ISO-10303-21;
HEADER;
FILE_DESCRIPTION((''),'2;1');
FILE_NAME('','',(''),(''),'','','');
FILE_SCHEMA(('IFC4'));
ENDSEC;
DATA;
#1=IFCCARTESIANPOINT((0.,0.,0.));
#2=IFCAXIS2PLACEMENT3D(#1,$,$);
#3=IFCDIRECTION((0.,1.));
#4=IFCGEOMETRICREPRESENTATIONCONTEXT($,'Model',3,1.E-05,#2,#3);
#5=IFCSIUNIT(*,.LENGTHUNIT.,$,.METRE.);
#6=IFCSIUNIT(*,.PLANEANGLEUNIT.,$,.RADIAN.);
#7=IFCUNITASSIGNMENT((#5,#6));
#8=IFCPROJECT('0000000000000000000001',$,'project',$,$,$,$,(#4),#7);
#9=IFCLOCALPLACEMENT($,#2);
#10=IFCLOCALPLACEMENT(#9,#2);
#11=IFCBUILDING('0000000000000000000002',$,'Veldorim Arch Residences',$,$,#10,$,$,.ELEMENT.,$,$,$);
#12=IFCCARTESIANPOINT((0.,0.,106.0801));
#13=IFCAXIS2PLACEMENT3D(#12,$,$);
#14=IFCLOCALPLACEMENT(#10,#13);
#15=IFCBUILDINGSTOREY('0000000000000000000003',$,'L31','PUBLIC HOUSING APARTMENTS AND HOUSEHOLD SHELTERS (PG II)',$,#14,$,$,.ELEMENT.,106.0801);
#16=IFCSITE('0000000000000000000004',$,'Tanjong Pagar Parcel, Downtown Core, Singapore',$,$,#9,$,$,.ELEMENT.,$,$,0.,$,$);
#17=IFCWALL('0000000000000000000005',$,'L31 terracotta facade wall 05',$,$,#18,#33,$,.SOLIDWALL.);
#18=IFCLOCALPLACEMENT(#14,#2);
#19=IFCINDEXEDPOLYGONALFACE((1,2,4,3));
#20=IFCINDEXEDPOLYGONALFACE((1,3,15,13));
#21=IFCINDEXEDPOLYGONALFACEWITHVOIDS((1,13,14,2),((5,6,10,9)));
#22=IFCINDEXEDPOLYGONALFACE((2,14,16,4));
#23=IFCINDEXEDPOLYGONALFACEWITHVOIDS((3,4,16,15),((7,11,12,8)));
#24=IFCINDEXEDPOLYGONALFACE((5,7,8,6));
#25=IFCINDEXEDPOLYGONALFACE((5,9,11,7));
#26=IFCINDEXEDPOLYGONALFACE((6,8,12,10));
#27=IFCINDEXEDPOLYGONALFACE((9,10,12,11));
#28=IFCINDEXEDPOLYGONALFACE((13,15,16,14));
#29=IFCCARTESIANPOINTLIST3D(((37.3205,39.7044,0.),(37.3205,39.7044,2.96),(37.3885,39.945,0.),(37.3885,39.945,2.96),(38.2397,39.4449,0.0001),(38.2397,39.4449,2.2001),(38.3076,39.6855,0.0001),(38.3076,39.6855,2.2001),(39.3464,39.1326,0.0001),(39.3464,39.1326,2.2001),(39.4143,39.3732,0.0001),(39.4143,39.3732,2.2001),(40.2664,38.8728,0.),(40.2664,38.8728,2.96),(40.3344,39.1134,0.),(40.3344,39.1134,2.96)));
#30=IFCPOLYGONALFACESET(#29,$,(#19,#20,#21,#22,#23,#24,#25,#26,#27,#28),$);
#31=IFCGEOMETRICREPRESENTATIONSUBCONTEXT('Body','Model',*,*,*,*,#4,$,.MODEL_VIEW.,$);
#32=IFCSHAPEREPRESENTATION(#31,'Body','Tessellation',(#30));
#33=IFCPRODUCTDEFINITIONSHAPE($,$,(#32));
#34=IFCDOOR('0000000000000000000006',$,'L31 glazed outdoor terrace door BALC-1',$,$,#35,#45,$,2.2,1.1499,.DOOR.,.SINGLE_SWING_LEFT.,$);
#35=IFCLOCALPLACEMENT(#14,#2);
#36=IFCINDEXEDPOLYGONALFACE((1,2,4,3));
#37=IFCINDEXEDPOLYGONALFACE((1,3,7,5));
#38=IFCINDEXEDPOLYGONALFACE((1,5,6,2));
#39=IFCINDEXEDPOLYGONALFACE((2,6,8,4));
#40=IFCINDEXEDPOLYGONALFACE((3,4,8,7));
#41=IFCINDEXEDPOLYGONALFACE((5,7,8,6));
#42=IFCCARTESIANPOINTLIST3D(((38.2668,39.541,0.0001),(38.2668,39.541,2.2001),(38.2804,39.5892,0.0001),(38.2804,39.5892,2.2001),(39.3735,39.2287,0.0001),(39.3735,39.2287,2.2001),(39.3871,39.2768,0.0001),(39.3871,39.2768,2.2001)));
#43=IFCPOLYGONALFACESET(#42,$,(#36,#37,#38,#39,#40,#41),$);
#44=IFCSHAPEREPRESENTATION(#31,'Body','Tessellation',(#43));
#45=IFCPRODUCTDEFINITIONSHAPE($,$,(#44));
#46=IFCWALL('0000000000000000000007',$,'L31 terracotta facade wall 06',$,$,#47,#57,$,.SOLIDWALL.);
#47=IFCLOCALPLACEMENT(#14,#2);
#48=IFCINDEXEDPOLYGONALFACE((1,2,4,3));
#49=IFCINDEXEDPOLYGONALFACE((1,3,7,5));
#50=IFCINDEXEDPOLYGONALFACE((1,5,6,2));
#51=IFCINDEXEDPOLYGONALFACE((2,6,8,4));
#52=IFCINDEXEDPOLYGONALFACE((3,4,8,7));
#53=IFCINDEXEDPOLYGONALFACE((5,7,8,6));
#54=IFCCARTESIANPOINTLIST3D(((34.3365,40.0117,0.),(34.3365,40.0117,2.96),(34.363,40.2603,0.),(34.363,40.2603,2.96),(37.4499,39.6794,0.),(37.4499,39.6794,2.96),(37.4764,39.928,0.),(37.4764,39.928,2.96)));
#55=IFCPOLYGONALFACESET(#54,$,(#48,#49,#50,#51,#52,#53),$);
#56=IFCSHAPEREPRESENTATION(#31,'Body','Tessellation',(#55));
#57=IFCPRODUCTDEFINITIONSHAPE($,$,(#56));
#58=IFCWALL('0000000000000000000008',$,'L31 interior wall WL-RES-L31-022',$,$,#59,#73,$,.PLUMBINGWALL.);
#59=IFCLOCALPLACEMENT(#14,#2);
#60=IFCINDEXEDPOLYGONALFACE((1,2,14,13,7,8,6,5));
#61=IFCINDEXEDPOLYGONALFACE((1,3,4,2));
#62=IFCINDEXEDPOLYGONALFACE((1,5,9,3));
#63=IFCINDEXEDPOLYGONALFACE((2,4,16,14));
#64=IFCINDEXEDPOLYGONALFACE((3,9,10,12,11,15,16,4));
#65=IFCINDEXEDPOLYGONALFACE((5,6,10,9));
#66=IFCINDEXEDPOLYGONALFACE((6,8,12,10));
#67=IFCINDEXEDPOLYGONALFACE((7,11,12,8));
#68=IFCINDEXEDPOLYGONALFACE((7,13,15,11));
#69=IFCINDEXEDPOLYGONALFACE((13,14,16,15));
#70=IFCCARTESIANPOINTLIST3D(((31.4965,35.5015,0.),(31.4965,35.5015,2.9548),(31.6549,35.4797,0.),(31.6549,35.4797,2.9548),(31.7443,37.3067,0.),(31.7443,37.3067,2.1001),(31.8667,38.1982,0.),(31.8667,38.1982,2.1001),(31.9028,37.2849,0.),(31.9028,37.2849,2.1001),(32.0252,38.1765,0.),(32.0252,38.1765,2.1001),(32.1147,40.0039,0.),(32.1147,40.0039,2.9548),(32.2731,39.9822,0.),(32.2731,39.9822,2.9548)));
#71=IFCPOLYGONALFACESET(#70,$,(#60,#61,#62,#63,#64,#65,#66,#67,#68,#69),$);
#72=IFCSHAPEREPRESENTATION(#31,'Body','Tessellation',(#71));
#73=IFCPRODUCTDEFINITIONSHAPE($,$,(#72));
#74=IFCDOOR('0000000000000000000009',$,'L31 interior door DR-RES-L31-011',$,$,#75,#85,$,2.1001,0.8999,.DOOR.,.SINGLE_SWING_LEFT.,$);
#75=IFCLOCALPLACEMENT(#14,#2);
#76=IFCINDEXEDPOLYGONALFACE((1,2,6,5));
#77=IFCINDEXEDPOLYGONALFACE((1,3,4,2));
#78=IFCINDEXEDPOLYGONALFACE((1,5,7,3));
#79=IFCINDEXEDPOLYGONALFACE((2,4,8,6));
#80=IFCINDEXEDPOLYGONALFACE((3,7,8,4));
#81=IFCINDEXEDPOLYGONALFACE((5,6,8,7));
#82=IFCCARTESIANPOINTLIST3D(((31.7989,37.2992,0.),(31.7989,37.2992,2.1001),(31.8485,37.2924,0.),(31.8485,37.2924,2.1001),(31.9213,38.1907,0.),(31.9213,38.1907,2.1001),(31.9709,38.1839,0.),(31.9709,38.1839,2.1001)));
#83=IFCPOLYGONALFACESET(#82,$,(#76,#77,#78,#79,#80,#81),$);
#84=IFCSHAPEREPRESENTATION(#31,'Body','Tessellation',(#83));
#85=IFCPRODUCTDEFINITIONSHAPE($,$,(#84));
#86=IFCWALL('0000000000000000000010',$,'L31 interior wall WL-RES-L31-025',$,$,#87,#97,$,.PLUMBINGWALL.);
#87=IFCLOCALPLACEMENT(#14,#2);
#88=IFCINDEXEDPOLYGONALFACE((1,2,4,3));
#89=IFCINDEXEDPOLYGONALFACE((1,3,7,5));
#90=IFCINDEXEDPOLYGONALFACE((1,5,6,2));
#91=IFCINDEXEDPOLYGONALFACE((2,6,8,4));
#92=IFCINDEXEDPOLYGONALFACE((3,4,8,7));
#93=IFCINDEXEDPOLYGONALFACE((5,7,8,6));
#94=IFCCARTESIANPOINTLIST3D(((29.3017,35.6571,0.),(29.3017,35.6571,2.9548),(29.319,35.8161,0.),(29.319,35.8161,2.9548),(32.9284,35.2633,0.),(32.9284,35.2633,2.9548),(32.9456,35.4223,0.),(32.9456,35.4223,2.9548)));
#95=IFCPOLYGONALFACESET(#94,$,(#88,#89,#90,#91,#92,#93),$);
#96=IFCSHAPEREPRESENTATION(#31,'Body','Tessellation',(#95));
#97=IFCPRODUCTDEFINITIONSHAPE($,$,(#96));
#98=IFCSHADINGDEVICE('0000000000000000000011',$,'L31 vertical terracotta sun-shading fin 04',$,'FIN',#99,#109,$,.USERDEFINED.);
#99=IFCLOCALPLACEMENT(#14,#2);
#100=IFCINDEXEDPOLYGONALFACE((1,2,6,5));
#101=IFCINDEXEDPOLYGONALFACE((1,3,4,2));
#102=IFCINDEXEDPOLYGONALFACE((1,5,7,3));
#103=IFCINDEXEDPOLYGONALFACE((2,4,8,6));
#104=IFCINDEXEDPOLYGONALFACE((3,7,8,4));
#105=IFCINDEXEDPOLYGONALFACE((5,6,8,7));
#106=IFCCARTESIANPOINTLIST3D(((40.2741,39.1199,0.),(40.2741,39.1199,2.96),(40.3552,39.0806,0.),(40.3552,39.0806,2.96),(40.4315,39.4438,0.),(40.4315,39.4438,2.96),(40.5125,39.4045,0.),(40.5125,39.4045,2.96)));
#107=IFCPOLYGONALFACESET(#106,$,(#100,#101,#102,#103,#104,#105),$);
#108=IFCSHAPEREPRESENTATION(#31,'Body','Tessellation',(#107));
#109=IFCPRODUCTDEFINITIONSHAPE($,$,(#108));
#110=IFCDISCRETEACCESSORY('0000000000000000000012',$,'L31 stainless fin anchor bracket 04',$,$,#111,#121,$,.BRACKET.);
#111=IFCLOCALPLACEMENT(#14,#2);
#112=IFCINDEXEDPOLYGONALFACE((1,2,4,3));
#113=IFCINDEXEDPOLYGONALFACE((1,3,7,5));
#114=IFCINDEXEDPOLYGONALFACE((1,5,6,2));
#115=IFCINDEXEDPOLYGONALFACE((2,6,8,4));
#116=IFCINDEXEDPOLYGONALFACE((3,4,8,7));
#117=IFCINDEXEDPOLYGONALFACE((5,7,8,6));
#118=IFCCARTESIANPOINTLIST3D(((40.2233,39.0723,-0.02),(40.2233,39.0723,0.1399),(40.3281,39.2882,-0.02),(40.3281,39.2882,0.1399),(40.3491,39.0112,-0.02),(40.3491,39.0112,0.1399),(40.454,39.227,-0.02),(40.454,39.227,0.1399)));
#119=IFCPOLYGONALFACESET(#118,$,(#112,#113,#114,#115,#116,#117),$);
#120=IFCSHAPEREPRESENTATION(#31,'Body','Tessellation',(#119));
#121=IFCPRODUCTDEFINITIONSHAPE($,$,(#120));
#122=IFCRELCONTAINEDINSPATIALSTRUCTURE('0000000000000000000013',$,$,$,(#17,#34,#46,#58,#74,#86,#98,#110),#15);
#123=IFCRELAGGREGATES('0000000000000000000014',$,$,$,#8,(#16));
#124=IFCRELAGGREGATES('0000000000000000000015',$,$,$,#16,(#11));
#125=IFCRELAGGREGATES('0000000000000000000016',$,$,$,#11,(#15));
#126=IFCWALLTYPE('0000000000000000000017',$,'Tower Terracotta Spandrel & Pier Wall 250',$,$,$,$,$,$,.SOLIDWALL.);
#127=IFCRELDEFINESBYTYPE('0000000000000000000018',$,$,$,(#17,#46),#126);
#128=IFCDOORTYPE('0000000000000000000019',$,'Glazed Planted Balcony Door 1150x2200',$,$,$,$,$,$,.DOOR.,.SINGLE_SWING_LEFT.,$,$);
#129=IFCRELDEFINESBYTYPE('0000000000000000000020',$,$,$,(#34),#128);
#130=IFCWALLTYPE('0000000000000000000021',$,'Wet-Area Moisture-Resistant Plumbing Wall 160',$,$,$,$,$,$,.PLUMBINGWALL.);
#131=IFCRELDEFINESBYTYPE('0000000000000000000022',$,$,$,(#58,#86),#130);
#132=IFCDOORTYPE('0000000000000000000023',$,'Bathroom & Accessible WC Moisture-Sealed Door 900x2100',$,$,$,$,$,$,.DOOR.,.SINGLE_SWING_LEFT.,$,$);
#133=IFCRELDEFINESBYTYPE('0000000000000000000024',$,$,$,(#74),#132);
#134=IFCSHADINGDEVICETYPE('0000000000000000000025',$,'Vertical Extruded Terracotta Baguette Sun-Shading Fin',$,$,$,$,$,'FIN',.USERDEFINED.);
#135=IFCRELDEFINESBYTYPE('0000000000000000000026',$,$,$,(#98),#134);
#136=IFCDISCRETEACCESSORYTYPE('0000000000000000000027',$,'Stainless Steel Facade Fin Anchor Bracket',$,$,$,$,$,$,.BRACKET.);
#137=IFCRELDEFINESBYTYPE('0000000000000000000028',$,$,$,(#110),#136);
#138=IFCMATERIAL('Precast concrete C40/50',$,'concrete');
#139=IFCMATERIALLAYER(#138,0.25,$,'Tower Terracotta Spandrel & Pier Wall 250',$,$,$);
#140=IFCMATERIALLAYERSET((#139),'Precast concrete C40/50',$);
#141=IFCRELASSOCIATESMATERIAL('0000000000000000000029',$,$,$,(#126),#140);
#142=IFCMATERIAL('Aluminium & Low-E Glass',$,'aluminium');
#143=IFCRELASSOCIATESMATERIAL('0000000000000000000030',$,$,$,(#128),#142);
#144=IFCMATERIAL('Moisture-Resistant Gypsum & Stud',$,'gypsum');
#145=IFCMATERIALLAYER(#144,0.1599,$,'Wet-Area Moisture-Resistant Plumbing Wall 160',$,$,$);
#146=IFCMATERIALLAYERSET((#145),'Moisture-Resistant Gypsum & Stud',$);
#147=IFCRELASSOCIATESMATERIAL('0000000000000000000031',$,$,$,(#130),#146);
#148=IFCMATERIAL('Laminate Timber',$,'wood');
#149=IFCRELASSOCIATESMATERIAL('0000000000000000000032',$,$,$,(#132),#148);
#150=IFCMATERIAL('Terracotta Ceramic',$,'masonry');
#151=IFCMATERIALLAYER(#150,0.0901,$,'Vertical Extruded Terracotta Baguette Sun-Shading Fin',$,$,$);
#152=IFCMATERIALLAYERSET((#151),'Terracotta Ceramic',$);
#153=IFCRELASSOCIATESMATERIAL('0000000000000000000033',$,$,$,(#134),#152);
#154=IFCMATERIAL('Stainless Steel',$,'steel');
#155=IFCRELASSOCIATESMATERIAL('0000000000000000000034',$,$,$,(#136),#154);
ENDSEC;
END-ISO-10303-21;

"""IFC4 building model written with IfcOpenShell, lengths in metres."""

from ifc_helpers import new_model, si_unit, direction, frame, frame_2d, origin, origin_2d, place, context, subcontext, project, spatial, rectangle, extrude, material, layer, layer_set, type_object, element, fill, save


model = new_model("IFC4")

# Units and contexts
model_context = context("Model", 3, precision=1e-05, world=origin(), true_north=direction((0.0, 1.0)))
body_context = subcontext(model_context, "Body", "Model", "MODEL_VIEW")
ifc_project = project(units=[si_unit("LENGTHUNIT", "METRE"), si_unit("PLANEANGLEUNIT", "RADIAN")], contexts=[model_context])

# Site, building, storey
site_placement = place(None, origin())
site = spatial("IfcSite", under=ifc_project, at=site_placement, Name="Tanjong Pagar Parcel, Downtown Core, Singapore", CompositionType="ELEMENT", RefElevation=0.0)
building_placement = place(site_placement, origin())
building = spatial("IfcBuilding", under=site, at=building_placement, Name="Veldorim Arch Residences", CompositionType="ELEMENT")
storey_placement = place(building_placement, frame((0.0, 0.0, 106.0801)))
storey = spatial("IfcBuildingStorey", under=building, at=storey_placement, Name="L31", Description="PUBLIC HOUSING APARTMENTS AND HOUSEHOLD SHELTERS (PG II)", CompositionType="ELEMENT", Elevation=106.0801)

# Wall, opening, door
ifc_material_1 = material(Name="Precast concrete C40/50", Category="concrete")
ifc_layer_1 = layer(ifc_material_1, 0.25, Name="Tower Terracotta Spandrel & Pier Wall 250")
ifc_layer_set_1 = layer_set([ifc_layer_1], Name="Precast concrete C40/50")
wall_type_1 = type_object("IfcWallType", Name="Tower Terracotta Spandrel & Pier Wall 250", PredefinedType="SOLIDWALL", material=ifc_layer_set_1)
wall_1_placement = place(storey_placement, frame((37.3545, 39.8247, 0.0), z_axis=(0.0, 0.0, 1.0), x_axis=(0.962392, -0.271665, 0.0)))
wall_1 = element("IfcWall", 1, at=wall_1_placement, inside=storey, type_object=wall_type_1, Name="L31 terracotta facade wall 05", PredefinedType="SOLIDWALL", context=body_context, shape_type="SweptSolid", body=[
    extrude(rectangle(XDim=3.061, YDim=0.25, at=frame_2d((1.5305, 0.0))), origin(), (0.0, 0.0, 1.0), 2.96),
])
opening_1_placement = place(wall_1_placement, frame((0.9551, 0.0, 0.0)))
opening_1 = element("IfcOpeningElement", 2, at=opening_1_placement, cuts=wall_1, PredefinedType="OPENING", context=body_context, shape_type="SweptSolid", body=[
    extrude(rectangle(XDim=1.1499, YDim=2.2, at=frame_2d((0.575, 1.1001))), frame((0.0, 0.135, 0.0), z_axis=(0.0, -1.0, 0.0), x_axis=(1.0, 0.0, 0.0)), (0.0, 0.0, 1.0), 0.27),
])
ifc_material_2 = material(Name="Aluminium & Low-E Glass", Category="aluminium")
door_type_1 = type_object("IfcDoorType", Name="Glazed Planted Balcony Door 1150x2200", OperationType="SINGLE_SWING_LEFT", PredefinedType="DOOR", material=ifc_material_2)
door_1_placement = place(opening_1_placement, origin())
door_1 = element("IfcDoor", 3, at=door_1_placement, inside=storey, type_object=door_type_1, Name="L31 glazed outdoor terrace door BALC-1", OperationType="SINGLE_SWING_LEFT", OverallHeight=2.2, OverallWidth=1.1499, PredefinedType="DOOR", context=body_context, shape_type="SweptSolid", body=[
    extrude(rectangle(XDim=1.1499, YDim=2.2, at=frame_2d((0.575, 1.1001))), frame((0.0, 0.0249, 0.0), z_axis=(0.0, -1.0, 0.0), x_axis=(1.0, 0.0, 0.0)), (0.0, 0.0, 1.0), 0.05),
])
fill(opening_1, door_1)

# Wall
wall_2_placement = place(storey_placement, frame((34.3499, 40.136, 0.0), z_axis=(0.0, 0.0, 1.0), x_axis=(0.994354, -0.106117, 0.0)))
element("IfcWall", 4, at=wall_2_placement, inside=storey, type_object=wall_type_1, Name="L31 terracotta facade wall 06", PredefinedType="SOLIDWALL", context=body_context, shape_type="SweptSolid", body=[
    extrude(rectangle(XDim=3.1311, YDim=0.25, at=frame_2d((1.5654, 0.0))), origin(), (0.0, 0.0, 1.0), 2.96),
])

# Wall, opening, door
ifc_material_3 = material(Name="Moisture-Resistant Gypsum & Stud", Category="gypsum")
ifc_layer_2 = layer(ifc_material_3, 0.1599, Name="Wet-Area Moisture-Resistant Plumbing Wall 160")
ifc_layer_set_2 = layer_set([ifc_layer_2], Name="Moisture-Resistant Gypsum & Stud")
wall_type_2 = type_object("IfcWallType", Name="Wet-Area Moisture-Resistant Plumbing Wall 160", PredefinedType="PLUMBINGWALL", material=ifc_layer_set_2)
wall_3_placement = place(storey_placement, frame((31.5757, 35.4905, 0.0), z_axis=(0.0, 0.0, 1.0), x_axis=(0.136019, 0.990706, 0.0)))
wall_3 = element("IfcWall", 5, at=wall_3_placement, inside=storey, type_object=wall_type_2, Name="L31 interior wall WL-RES-L31-022", PredefinedType="PLUMBINGWALL", context=body_context, shape_type="SweptSolid", body=[
    extrude(rectangle(XDim=4.5447, YDim=0.1599, at=frame_2d((2.2725, 0.0))), origin(), (0.0, 0.0, 1.0), 2.9548),
])
opening_2_placement = place(wall_3_placement, frame((1.8223, 0.0, 0.0)))
opening_2 = element("IfcOpeningElement", 6, at=opening_2_placement, cuts=wall_3, PredefinedType="OPENING", context=body_context, shape_type="SweptSolid", body=[
    extrude(rectangle(XDim=0.8999, YDim=2.1001, at=frame_2d((0.45, 1.05))), frame((0.0, 0.0898, 0.0), z_axis=(0.0, -1.0, 0.0), x_axis=(1.0, 0.0, 0.0)), (0.0, 0.0, 1.0), 0.1799),
])
ifc_material_4 = material(Name="Laminate Timber", Category="wood")
door_type_2 = type_object("IfcDoorType", Name="Bathroom & Accessible WC Moisture-Sealed Door 900x2100", OperationType="SINGLE_SWING_LEFT", PredefinedType="DOOR", material=ifc_material_4)
door_2_placement = place(opening_2_placement, origin())
door_2 = element("IfcDoor", 7, at=door_2_placement, inside=storey, type_object=door_type_2, Name="L31 interior door DR-RES-L31-011", OperationType="SINGLE_SWING_LEFT", OverallHeight=2.1001, OverallWidth=0.8999, PredefinedType="DOOR", context=body_context, shape_type="SweptSolid", body=[
    extrude(rectangle(XDim=0.8999, YDim=2.1001, at=frame_2d((0.45, 1.05))), frame((0.0, 0.0249, 0.0), z_axis=(0.0, -1.0, 0.0), x_axis=(1.0, 0.0, 0.0)), (0.0, 0.0, 1.0), 0.05),
])
fill(opening_2, door_2)

# Wall
wall_4_placement = place(storey_placement, frame((32.937, 35.3428, 0.0), z_axis=(0.0, 0.0, 1.0), x_axis=(-0.994156, 0.107948, 0.0)))
element("IfcWall", 8, at=wall_4_placement, inside=storey, type_object=wall_type_2, Name="L31 interior wall WL-RES-L31-025", PredefinedType="PLUMBINGWALL", context=body_context, shape_type="SweptSolid", body=[
    extrude(rectangle(XDim=3.6479, YDim=0.1599, at=frame_2d((1.824, 0.0))), origin(), (0.0, 0.0, 1.0), 2.9548),
])

# Shading device
ifc_material_5 = material(Name="Terracotta Ceramic", Category="masonry")
ifc_layer_3 = layer(ifc_material_5, 0.0901, Name="Vertical Extruded Terracotta Baguette Sun-Shading Fin")
ifc_layer_set_3 = layer_set([ifc_layer_3], Name="Terracotta Ceramic")
shading_device_type = type_object("IfcShadingDeviceType", Name="Vertical Extruded Terracotta Baguette Sun-Shading Fin", ElementType="FIN", PredefinedType="USERDEFINED", material=ifc_layer_set_3)
shading_device_placement = place(storey_placement, frame((40.3933, 39.2622, 0.0), z_axis=(0.0, 0.0, 1.0), x_axis=(0.899482, -0.436959, 0.0)))
element("IfcShadingDevice", 9, at=shading_device_placement, inside=storey, type_object=shading_device_type, Name="L31 vertical terracotta sun-shading fin 04", ObjectType="FIN", PredefinedType="USERDEFINED", context=body_context, shape_type="SweptSolid", body=[
    extrude(rectangle(XDim=0.0901, YDim=0.3601, at=origin_2d()), origin(), (0.0, 0.0, 1.0), 2.96),
])

# Discrete accessory
ifc_material_6 = material(Name="Stainless Steel", Category="steel")
discrete_accessory_type = type_object("IfcDiscreteAccessoryType", Name="Stainless Steel Facade Fin Anchor Bracket", PredefinedType="BRACKET", material=ifc_material_6)
discrete_accessory_placement = place(storey_placement, frame((40.3386, 39.1497, -0.02), z_axis=(0.0, 0.0, 1.0), x_axis=(0.899482, -0.436959, 0.0)))
element("IfcDiscreteAccessory", 10, at=discrete_accessory_placement, inside=storey, type_object=discrete_accessory_type, Name="L31 stainless fin anchor bracket 04", PredefinedType="BRACKET", context=body_context, shape_type="SweptSolid", body=[
    extrude(rectangle(XDim=0.1399, YDim=0.24, at=origin_2d()), origin(), (0.0, 0.0, 1.0), 0.1599),
])

save(model, "model.ifc")
